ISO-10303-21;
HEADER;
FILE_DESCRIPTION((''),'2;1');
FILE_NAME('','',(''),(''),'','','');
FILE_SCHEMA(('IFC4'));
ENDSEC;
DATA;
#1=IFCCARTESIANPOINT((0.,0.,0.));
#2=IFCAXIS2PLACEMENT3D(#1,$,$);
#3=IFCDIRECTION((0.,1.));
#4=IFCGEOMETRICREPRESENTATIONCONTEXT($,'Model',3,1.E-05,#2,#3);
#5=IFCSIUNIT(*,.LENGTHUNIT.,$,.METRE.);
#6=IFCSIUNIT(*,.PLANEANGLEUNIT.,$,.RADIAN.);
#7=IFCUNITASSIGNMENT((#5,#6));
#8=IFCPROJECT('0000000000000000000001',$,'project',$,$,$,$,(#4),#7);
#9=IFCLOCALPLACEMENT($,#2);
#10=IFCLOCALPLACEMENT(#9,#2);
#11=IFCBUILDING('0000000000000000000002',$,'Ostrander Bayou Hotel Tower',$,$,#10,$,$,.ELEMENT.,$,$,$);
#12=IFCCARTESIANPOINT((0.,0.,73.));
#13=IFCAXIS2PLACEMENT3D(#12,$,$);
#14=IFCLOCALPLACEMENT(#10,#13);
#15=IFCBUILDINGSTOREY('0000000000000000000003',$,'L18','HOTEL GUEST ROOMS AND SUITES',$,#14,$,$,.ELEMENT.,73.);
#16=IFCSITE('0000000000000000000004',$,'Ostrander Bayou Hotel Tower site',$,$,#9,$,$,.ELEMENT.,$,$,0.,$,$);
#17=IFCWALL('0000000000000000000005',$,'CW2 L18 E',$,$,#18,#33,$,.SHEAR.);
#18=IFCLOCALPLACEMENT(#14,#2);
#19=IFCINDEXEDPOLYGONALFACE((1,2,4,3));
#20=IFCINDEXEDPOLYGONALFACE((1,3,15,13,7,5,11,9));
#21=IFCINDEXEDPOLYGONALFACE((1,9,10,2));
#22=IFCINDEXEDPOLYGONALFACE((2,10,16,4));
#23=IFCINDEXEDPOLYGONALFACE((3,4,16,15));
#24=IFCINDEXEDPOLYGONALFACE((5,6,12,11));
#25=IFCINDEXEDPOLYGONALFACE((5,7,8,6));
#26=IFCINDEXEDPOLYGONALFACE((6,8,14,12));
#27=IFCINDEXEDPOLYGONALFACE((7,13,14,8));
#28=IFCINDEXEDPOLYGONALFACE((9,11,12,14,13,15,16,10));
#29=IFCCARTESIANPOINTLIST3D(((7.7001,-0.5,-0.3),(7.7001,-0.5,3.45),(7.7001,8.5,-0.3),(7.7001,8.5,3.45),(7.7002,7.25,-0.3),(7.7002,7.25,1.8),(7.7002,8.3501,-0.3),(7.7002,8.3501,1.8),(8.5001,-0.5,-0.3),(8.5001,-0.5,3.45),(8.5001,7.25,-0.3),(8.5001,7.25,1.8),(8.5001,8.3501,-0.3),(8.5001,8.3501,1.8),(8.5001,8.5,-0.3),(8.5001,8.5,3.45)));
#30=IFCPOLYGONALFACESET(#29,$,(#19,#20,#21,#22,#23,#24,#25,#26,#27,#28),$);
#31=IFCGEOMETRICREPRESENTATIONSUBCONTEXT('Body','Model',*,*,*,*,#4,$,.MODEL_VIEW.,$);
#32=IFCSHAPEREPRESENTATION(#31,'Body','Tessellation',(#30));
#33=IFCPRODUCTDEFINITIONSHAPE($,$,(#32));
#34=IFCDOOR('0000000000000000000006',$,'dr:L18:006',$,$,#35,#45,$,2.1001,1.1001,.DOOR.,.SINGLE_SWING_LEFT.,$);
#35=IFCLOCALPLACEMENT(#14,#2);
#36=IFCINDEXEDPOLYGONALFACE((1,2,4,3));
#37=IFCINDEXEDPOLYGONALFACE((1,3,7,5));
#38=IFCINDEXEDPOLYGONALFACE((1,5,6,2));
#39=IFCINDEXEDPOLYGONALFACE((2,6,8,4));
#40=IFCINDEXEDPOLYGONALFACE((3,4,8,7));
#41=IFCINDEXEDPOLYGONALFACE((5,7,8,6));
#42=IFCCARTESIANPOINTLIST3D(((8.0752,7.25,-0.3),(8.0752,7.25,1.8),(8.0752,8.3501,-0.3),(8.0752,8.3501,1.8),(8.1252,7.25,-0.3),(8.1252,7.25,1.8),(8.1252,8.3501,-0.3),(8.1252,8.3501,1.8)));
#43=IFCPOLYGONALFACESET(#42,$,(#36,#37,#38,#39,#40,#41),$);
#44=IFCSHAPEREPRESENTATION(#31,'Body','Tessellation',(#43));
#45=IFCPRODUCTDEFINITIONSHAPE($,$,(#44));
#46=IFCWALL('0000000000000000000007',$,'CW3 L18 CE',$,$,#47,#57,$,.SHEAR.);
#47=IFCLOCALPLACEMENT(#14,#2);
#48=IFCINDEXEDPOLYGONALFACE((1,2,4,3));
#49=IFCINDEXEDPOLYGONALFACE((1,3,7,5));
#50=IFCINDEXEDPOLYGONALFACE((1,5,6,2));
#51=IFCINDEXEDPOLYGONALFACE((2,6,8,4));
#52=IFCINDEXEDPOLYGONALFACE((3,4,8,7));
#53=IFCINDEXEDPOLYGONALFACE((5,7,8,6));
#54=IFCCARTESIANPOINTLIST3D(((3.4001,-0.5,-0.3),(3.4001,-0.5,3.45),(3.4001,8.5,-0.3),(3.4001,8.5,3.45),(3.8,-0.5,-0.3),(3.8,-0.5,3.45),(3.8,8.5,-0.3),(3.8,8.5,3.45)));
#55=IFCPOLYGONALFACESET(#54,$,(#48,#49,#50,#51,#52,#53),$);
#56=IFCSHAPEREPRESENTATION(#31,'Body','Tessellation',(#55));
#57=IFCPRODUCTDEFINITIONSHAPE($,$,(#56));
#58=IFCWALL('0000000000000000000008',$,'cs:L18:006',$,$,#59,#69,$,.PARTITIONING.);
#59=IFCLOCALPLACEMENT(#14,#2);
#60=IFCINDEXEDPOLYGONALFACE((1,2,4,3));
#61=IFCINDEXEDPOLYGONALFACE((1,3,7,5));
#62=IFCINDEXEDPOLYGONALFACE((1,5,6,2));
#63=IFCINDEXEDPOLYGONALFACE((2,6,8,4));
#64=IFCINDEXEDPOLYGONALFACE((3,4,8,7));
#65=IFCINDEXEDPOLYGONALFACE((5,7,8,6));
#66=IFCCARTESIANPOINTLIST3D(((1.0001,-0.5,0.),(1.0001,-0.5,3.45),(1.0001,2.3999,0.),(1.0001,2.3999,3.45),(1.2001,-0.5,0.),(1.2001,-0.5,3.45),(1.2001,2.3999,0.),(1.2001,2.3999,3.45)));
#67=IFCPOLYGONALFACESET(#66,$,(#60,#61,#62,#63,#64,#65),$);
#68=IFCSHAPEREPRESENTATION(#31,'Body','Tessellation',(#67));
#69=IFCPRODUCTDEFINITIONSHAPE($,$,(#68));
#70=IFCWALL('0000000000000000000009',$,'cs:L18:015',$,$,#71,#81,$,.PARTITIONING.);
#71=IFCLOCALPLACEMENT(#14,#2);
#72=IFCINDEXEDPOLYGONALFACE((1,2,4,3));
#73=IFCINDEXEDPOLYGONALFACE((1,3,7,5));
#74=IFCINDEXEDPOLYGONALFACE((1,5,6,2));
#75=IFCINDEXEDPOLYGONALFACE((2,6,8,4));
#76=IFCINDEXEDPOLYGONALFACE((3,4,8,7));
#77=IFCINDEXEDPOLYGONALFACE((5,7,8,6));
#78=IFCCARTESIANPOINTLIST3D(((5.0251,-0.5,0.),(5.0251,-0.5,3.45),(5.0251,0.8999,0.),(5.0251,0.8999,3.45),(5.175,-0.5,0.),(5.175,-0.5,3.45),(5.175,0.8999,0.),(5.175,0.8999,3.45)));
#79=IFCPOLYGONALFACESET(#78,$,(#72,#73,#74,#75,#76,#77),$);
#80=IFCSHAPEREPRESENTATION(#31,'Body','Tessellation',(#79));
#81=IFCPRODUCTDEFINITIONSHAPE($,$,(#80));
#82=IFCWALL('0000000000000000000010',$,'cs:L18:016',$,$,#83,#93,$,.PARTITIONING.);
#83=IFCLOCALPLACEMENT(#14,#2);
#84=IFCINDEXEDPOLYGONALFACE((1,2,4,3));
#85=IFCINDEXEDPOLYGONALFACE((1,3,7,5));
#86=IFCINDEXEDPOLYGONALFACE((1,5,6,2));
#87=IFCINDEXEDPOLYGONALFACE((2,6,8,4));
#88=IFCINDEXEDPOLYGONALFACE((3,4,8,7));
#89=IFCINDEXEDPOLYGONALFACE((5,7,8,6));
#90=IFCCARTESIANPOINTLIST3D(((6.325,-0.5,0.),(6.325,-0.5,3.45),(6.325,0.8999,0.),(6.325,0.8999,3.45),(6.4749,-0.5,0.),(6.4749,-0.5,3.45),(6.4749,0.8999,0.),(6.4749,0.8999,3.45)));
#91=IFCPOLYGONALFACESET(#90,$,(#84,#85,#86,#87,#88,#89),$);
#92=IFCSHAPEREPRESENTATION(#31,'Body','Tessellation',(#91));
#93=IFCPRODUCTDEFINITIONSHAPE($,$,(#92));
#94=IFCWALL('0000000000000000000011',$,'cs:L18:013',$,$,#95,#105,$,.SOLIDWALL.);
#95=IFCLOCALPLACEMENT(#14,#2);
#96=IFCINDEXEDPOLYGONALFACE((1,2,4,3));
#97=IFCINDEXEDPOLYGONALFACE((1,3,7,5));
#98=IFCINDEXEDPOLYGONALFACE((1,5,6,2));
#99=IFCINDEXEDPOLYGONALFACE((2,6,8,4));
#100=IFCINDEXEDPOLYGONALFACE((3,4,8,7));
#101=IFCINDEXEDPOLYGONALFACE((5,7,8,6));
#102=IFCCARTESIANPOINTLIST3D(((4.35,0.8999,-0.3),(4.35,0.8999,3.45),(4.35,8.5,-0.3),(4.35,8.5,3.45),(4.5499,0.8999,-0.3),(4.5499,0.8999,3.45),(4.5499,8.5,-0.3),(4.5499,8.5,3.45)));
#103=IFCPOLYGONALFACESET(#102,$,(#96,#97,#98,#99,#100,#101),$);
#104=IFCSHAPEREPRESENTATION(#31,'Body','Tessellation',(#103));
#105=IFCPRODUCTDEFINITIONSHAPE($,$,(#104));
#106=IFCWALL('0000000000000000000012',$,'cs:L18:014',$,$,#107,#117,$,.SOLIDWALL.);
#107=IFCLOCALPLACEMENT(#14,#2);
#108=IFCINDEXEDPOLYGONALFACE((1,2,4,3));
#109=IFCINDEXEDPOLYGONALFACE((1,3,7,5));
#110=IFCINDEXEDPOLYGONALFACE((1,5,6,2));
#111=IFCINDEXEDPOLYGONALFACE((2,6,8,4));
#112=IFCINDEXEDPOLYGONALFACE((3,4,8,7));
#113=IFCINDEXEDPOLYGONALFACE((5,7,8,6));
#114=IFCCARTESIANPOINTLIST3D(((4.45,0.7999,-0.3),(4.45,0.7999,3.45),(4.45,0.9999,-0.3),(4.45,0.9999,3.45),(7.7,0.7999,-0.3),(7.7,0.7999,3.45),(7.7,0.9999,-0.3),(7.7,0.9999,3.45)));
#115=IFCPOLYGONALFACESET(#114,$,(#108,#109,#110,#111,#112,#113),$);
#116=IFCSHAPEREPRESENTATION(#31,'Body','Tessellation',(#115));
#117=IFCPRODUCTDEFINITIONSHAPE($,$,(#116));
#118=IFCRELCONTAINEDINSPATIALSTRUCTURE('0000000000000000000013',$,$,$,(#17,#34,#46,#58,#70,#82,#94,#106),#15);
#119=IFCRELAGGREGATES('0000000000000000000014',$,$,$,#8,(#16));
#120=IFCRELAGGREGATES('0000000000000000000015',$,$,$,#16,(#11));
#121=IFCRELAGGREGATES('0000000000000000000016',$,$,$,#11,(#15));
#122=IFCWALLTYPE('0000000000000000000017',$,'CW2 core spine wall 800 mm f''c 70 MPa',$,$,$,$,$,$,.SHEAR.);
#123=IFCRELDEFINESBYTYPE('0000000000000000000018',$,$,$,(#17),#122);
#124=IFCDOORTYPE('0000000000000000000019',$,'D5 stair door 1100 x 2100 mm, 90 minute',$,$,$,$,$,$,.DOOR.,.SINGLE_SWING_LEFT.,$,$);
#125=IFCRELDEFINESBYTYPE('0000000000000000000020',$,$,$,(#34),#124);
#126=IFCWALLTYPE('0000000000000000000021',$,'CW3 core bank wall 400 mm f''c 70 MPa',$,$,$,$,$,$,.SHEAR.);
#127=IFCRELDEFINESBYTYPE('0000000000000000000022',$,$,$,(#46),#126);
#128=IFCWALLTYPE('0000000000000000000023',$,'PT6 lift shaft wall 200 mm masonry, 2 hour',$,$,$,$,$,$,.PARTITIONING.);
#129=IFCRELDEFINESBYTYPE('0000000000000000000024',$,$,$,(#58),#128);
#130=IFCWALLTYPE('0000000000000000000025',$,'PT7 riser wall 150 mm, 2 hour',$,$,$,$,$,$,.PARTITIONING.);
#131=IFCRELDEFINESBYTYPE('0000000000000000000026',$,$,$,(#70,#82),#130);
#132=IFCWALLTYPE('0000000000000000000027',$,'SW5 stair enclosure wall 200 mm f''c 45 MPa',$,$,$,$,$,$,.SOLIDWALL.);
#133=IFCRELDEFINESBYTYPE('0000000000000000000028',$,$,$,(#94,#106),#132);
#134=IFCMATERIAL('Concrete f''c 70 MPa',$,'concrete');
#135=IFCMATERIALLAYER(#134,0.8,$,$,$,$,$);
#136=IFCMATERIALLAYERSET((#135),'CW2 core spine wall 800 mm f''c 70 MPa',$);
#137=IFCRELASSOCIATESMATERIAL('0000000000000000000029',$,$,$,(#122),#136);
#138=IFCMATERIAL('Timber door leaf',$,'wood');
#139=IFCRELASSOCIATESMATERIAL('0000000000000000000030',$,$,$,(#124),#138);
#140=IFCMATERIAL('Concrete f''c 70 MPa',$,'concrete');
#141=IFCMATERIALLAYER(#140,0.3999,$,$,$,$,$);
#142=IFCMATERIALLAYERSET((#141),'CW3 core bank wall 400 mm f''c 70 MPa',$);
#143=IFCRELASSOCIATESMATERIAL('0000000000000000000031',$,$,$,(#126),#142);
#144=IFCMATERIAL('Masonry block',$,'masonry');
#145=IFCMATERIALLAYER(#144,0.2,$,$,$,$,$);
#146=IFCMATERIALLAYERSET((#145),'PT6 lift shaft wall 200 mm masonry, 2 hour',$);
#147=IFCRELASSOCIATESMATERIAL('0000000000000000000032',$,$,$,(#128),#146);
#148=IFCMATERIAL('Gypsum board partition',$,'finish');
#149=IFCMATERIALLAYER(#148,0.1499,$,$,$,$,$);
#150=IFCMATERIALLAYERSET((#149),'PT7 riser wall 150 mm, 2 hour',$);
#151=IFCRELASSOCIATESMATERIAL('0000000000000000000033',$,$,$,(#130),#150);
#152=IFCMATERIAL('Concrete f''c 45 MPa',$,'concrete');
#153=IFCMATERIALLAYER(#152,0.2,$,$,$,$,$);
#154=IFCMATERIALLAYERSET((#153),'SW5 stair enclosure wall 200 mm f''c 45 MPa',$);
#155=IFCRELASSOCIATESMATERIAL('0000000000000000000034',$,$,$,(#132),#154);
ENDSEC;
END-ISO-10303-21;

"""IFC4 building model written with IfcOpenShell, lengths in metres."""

from ifc_helpers import new_model, si_unit, direction, frame, frame_2d, origin, place, context, subcontext, project, spatial, rectangle, extrude, material, layer, layer_set, type_object, element, fill, save


model = new_model("IFC4")

# Units and contexts
model_context = context("Model", 3, precision=1e-05, world=origin(), true_north=direction((0.0, 1.0)))
body_context = subcontext(model_context, "Body", "Model", "MODEL_VIEW")
ifc_project = project(units=[si_unit("LENGTHUNIT", "METRE"), si_unit("PLANEANGLEUNIT", "RADIAN")], contexts=[model_context])

# Site, building, storey
site_placement = place(None, origin())
site = spatial("IfcSite", under=ifc_project, at=site_placement, Name="Ostrander Bayou Hotel Tower site", CompositionType="ELEMENT", RefElevation=0.0)
building_placement = place(site_placement, origin())
building = spatial("IfcBuilding", under=site, at=building_placement, Name="Ostrander Bayou Hotel Tower", CompositionType="ELEMENT")
storey_placement = place(building_placement, frame((0.0, 0.0, 73.0)))
storey = spatial("IfcBuildingStorey", under=building, at=storey_placement, Name="L18", Description="HOTEL GUEST ROOMS AND SUITES", CompositionType="ELEMENT", Elevation=73.0)

# Wall, opening, door
ifc_material_1 = material(Name="Concrete f'c 70 MPa", Category="concrete")
ifc_layer_1 = layer(ifc_material_1, 0.8)
ifc_layer_set_1 = layer_set([ifc_layer_1], Name="CW2 core spine wall 800 mm f'c 70 MPa")
wall_type_1 = type_object("IfcWallType", Name="CW2 core spine wall 800 mm f'c 70 MPa", PredefinedType="SHEAR", material=ifc_layer_set_1)
wall_1_placement = place(storey_placement, frame((8.1001, -0.5, -0.3), z_axis=(0.0, 0.0, 1.0), x_axis=(0.0, 1.0, 0.0)))
wall_1 = element("IfcWall", 1, at=wall_1_placement, inside=storey, type_object=wall_type_1, Name="CW2 L18 E", PredefinedType="SHEAR", context=body_context, shape_type="SweptSolid", body=[
    extrude(rectangle(XDim=9.0, YDim=0.8, at=frame_2d((4.5, 0.0))), origin(), (0.0, 0.0, 1.0), 3.75),
])
opening_placement = place(wall_1_placement, frame((7.75, 0.0, 0.0)))
opening = element("IfcOpeningElement", 2, at=opening_placement, cuts=wall_1, PredefinedType="OPENING", context=body_context, shape_type="SweptSolid", body=[
    extrude(rectangle(XDim=1.1001, YDim=2.1001, at=frame_2d((0.55, 1.05))), frame((0.0, 0.3999, 0.0), z_axis=(0.0, -1.0, 0.0), x_axis=(1.0, 0.0, 0.0)), (0.0, 0.0, 1.0), 0.8),
])
ifc_material_2 = material(Name="Timber door leaf", Category="wood")
door_type = type_object("IfcDoorType", Name="D5 stair door 1100 x 2100 mm, 90 minute", OperationType="SINGLE_SWING_LEFT", PredefinedType="DOOR", material=ifc_material_2)
door_placement = place(opening_placement, origin())
door = element("IfcDoor", 3, at=door_placement, inside=storey, type_object=door_type, Name="dr:L18:006", OperationType="SINGLE_SWING_LEFT", OverallHeight=2.1001, OverallWidth=1.1001, PredefinedType="DOOR", context=body_context, shape_type="SweptSolid", body=[
    extrude(rectangle(XDim=1.1001, YDim=2.1001, at=frame_2d((0.55, 1.05))), frame((0.0, 0.0249, 0.0), z_axis=(0.0, -1.0, 0.0), x_axis=(1.0, 0.0, 0.0)), (0.0, 0.0, 1.0), 0.05),
])
fill(opening, door)

# Walls
ifc_material_3 = material(Name="Concrete f'c 70 MPa", Category="concrete")
ifc_layer_2 = layer(ifc_material_3, 0.3999)
ifc_layer_set_2 = layer_set([ifc_layer_2], Name="CW3 core bank wall 400 mm f'c 70 MPa")
wall_type_2 = type_object("IfcWallType", Name="CW3 core bank wall 400 mm f'c 70 MPa", PredefinedType="SHEAR", material=ifc_layer_set_2)
wall_2_placement = place(storey_placement, frame((3.6001, -0.5, -0.3), z_axis=(0.0, 0.0, 1.0), x_axis=(0.0, 1.0, 0.0)))
element("IfcWall", 4, at=wall_2_placement, inside=storey, type_object=wall_type_2, Name="CW3 L18 CE", PredefinedType="SHEAR", context=body_context, shape_type="SweptSolid", body=[
    extrude(rectangle(XDim=9.0, YDim=0.3999, at=frame_2d((4.5, 0.0))), origin(), (0.0, 0.0, 1.0), 3.75),
])
ifc_material_4 = material(Name="Masonry block", Category="masonry")
ifc_layer_3 = layer(ifc_material_4, 0.2)
ifc_layer_set_3 = layer_set([ifc_layer_3], Name="PT6 lift shaft wall 200 mm masonry, 2 hour")
wall_type_3 = type_object("IfcWallType", Name="PT6 lift shaft wall 200 mm masonry, 2 hour", PredefinedType="PARTITIONING", material=ifc_layer_set_3)
wall_3_placement = place(storey_placement, frame((1.1001, -0.5, 0.0), z_axis=(0.0, 0.0, 1.0), x_axis=(0.0, 1.0, 0.0)))
element("IfcWall", 5, at=wall_3_placement, inside=storey, type_object=wall_type_3, Name="cs:L18:006", PredefinedType="PARTITIONING", context=body_context, shape_type="SweptSolid", body=[
    extrude(rectangle(XDim=2.8999, YDim=0.2, at=frame_2d((1.45, 0.0))), origin(), (0.0, 0.0, 1.0), 3.45),
])
ifc_material_5 = material(Name="Gypsum board partition", Category="finish")
ifc_layer_4 = layer(ifc_material_5, 0.1499)
ifc_layer_set_4 = layer_set([ifc_layer_4], Name="PT7 riser wall 150 mm, 2 hour")
wall_type_4 = type_object("IfcWallType", Name="PT7 riser wall 150 mm, 2 hour", PredefinedType="PARTITIONING", material=ifc_layer_set_4)
for number, where, z_axis, x_axis, name in (
    (6, (5.1001, -0.5, 0.0), (0.0, 0.0, 1.0), (0.0, 1.0, 0.0), "cs:L18:015"),
    (7, (6.3999, -0.5, 0.0), (0.0, 0.0, 1.0), (0.0, 1.0, 0.0), "cs:L18:016"),
):
    element("IfcWall", number, at=place(storey_placement, frame(where, z_axis=z_axis, x_axis=x_axis)), inside=storey, type_object=wall_type_4, Name=name, PredefinedType="PARTITIONING", context=body_context, shape_type="SweptSolid", body=[
        extrude(rectangle(XDim=1.3999, YDim=0.1499, at=frame_2d((0.7, 0.0))), origin(), (0.0, 0.0, 1.0), 3.45),
    ])
ifc_material_6 = material(Name="Concrete f'c 45 MPa", Category="concrete")
ifc_layer_5 = layer(ifc_material_6, 0.2)
ifc_layer_set_5 = layer_set([ifc_layer_5], Name="SW5 stair enclosure wall 200 mm f'c 45 MPa")
wall_type_5 = type_object("IfcWallType", Name="SW5 stair enclosure wall 200 mm f'c 45 MPa", PredefinedType="SOLIDWALL", material=ifc_layer_set_5)
wall_4_placement = place(storey_placement, frame((4.45, 0.8999, -0.3), z_axis=(0.0, 0.0, 1.0), x_axis=(0.0, 1.0, 0.0)))
element("IfcWall", 8, at=wall_4_placement, inside=storey, type_object=wall_type_5, Name="cs:L18:013", PredefinedType="SOLIDWALL", context=body_context, shape_type="SweptSolid", body=[
    extrude(rectangle(XDim=7.6001, YDim=0.2, at=frame_2d((3.8, 0.0))), origin(), (0.0, 0.0, 1.0), 3.75),
])
wall_5_placement = place(storey_placement, frame((4.45, 0.8999, -0.3), z_axis=(0.0, 0.0, 1.0), x_axis=(1.0, 0.0, 0.0)))
element("IfcWall", 9, at=wall_5_placement, inside=storey, type_object=wall_type_5, Name="cs:L18:014", PredefinedType="SOLIDWALL", context=body_context, shape_type="SweptSolid", body=[
    extrude(rectangle(XDim=3.25, YDim=0.2, at=frame_2d((1.625, 0.0))), origin(), (0.0, 0.0, 1.0), 3.75),
])

save(model, "model.ifc")
